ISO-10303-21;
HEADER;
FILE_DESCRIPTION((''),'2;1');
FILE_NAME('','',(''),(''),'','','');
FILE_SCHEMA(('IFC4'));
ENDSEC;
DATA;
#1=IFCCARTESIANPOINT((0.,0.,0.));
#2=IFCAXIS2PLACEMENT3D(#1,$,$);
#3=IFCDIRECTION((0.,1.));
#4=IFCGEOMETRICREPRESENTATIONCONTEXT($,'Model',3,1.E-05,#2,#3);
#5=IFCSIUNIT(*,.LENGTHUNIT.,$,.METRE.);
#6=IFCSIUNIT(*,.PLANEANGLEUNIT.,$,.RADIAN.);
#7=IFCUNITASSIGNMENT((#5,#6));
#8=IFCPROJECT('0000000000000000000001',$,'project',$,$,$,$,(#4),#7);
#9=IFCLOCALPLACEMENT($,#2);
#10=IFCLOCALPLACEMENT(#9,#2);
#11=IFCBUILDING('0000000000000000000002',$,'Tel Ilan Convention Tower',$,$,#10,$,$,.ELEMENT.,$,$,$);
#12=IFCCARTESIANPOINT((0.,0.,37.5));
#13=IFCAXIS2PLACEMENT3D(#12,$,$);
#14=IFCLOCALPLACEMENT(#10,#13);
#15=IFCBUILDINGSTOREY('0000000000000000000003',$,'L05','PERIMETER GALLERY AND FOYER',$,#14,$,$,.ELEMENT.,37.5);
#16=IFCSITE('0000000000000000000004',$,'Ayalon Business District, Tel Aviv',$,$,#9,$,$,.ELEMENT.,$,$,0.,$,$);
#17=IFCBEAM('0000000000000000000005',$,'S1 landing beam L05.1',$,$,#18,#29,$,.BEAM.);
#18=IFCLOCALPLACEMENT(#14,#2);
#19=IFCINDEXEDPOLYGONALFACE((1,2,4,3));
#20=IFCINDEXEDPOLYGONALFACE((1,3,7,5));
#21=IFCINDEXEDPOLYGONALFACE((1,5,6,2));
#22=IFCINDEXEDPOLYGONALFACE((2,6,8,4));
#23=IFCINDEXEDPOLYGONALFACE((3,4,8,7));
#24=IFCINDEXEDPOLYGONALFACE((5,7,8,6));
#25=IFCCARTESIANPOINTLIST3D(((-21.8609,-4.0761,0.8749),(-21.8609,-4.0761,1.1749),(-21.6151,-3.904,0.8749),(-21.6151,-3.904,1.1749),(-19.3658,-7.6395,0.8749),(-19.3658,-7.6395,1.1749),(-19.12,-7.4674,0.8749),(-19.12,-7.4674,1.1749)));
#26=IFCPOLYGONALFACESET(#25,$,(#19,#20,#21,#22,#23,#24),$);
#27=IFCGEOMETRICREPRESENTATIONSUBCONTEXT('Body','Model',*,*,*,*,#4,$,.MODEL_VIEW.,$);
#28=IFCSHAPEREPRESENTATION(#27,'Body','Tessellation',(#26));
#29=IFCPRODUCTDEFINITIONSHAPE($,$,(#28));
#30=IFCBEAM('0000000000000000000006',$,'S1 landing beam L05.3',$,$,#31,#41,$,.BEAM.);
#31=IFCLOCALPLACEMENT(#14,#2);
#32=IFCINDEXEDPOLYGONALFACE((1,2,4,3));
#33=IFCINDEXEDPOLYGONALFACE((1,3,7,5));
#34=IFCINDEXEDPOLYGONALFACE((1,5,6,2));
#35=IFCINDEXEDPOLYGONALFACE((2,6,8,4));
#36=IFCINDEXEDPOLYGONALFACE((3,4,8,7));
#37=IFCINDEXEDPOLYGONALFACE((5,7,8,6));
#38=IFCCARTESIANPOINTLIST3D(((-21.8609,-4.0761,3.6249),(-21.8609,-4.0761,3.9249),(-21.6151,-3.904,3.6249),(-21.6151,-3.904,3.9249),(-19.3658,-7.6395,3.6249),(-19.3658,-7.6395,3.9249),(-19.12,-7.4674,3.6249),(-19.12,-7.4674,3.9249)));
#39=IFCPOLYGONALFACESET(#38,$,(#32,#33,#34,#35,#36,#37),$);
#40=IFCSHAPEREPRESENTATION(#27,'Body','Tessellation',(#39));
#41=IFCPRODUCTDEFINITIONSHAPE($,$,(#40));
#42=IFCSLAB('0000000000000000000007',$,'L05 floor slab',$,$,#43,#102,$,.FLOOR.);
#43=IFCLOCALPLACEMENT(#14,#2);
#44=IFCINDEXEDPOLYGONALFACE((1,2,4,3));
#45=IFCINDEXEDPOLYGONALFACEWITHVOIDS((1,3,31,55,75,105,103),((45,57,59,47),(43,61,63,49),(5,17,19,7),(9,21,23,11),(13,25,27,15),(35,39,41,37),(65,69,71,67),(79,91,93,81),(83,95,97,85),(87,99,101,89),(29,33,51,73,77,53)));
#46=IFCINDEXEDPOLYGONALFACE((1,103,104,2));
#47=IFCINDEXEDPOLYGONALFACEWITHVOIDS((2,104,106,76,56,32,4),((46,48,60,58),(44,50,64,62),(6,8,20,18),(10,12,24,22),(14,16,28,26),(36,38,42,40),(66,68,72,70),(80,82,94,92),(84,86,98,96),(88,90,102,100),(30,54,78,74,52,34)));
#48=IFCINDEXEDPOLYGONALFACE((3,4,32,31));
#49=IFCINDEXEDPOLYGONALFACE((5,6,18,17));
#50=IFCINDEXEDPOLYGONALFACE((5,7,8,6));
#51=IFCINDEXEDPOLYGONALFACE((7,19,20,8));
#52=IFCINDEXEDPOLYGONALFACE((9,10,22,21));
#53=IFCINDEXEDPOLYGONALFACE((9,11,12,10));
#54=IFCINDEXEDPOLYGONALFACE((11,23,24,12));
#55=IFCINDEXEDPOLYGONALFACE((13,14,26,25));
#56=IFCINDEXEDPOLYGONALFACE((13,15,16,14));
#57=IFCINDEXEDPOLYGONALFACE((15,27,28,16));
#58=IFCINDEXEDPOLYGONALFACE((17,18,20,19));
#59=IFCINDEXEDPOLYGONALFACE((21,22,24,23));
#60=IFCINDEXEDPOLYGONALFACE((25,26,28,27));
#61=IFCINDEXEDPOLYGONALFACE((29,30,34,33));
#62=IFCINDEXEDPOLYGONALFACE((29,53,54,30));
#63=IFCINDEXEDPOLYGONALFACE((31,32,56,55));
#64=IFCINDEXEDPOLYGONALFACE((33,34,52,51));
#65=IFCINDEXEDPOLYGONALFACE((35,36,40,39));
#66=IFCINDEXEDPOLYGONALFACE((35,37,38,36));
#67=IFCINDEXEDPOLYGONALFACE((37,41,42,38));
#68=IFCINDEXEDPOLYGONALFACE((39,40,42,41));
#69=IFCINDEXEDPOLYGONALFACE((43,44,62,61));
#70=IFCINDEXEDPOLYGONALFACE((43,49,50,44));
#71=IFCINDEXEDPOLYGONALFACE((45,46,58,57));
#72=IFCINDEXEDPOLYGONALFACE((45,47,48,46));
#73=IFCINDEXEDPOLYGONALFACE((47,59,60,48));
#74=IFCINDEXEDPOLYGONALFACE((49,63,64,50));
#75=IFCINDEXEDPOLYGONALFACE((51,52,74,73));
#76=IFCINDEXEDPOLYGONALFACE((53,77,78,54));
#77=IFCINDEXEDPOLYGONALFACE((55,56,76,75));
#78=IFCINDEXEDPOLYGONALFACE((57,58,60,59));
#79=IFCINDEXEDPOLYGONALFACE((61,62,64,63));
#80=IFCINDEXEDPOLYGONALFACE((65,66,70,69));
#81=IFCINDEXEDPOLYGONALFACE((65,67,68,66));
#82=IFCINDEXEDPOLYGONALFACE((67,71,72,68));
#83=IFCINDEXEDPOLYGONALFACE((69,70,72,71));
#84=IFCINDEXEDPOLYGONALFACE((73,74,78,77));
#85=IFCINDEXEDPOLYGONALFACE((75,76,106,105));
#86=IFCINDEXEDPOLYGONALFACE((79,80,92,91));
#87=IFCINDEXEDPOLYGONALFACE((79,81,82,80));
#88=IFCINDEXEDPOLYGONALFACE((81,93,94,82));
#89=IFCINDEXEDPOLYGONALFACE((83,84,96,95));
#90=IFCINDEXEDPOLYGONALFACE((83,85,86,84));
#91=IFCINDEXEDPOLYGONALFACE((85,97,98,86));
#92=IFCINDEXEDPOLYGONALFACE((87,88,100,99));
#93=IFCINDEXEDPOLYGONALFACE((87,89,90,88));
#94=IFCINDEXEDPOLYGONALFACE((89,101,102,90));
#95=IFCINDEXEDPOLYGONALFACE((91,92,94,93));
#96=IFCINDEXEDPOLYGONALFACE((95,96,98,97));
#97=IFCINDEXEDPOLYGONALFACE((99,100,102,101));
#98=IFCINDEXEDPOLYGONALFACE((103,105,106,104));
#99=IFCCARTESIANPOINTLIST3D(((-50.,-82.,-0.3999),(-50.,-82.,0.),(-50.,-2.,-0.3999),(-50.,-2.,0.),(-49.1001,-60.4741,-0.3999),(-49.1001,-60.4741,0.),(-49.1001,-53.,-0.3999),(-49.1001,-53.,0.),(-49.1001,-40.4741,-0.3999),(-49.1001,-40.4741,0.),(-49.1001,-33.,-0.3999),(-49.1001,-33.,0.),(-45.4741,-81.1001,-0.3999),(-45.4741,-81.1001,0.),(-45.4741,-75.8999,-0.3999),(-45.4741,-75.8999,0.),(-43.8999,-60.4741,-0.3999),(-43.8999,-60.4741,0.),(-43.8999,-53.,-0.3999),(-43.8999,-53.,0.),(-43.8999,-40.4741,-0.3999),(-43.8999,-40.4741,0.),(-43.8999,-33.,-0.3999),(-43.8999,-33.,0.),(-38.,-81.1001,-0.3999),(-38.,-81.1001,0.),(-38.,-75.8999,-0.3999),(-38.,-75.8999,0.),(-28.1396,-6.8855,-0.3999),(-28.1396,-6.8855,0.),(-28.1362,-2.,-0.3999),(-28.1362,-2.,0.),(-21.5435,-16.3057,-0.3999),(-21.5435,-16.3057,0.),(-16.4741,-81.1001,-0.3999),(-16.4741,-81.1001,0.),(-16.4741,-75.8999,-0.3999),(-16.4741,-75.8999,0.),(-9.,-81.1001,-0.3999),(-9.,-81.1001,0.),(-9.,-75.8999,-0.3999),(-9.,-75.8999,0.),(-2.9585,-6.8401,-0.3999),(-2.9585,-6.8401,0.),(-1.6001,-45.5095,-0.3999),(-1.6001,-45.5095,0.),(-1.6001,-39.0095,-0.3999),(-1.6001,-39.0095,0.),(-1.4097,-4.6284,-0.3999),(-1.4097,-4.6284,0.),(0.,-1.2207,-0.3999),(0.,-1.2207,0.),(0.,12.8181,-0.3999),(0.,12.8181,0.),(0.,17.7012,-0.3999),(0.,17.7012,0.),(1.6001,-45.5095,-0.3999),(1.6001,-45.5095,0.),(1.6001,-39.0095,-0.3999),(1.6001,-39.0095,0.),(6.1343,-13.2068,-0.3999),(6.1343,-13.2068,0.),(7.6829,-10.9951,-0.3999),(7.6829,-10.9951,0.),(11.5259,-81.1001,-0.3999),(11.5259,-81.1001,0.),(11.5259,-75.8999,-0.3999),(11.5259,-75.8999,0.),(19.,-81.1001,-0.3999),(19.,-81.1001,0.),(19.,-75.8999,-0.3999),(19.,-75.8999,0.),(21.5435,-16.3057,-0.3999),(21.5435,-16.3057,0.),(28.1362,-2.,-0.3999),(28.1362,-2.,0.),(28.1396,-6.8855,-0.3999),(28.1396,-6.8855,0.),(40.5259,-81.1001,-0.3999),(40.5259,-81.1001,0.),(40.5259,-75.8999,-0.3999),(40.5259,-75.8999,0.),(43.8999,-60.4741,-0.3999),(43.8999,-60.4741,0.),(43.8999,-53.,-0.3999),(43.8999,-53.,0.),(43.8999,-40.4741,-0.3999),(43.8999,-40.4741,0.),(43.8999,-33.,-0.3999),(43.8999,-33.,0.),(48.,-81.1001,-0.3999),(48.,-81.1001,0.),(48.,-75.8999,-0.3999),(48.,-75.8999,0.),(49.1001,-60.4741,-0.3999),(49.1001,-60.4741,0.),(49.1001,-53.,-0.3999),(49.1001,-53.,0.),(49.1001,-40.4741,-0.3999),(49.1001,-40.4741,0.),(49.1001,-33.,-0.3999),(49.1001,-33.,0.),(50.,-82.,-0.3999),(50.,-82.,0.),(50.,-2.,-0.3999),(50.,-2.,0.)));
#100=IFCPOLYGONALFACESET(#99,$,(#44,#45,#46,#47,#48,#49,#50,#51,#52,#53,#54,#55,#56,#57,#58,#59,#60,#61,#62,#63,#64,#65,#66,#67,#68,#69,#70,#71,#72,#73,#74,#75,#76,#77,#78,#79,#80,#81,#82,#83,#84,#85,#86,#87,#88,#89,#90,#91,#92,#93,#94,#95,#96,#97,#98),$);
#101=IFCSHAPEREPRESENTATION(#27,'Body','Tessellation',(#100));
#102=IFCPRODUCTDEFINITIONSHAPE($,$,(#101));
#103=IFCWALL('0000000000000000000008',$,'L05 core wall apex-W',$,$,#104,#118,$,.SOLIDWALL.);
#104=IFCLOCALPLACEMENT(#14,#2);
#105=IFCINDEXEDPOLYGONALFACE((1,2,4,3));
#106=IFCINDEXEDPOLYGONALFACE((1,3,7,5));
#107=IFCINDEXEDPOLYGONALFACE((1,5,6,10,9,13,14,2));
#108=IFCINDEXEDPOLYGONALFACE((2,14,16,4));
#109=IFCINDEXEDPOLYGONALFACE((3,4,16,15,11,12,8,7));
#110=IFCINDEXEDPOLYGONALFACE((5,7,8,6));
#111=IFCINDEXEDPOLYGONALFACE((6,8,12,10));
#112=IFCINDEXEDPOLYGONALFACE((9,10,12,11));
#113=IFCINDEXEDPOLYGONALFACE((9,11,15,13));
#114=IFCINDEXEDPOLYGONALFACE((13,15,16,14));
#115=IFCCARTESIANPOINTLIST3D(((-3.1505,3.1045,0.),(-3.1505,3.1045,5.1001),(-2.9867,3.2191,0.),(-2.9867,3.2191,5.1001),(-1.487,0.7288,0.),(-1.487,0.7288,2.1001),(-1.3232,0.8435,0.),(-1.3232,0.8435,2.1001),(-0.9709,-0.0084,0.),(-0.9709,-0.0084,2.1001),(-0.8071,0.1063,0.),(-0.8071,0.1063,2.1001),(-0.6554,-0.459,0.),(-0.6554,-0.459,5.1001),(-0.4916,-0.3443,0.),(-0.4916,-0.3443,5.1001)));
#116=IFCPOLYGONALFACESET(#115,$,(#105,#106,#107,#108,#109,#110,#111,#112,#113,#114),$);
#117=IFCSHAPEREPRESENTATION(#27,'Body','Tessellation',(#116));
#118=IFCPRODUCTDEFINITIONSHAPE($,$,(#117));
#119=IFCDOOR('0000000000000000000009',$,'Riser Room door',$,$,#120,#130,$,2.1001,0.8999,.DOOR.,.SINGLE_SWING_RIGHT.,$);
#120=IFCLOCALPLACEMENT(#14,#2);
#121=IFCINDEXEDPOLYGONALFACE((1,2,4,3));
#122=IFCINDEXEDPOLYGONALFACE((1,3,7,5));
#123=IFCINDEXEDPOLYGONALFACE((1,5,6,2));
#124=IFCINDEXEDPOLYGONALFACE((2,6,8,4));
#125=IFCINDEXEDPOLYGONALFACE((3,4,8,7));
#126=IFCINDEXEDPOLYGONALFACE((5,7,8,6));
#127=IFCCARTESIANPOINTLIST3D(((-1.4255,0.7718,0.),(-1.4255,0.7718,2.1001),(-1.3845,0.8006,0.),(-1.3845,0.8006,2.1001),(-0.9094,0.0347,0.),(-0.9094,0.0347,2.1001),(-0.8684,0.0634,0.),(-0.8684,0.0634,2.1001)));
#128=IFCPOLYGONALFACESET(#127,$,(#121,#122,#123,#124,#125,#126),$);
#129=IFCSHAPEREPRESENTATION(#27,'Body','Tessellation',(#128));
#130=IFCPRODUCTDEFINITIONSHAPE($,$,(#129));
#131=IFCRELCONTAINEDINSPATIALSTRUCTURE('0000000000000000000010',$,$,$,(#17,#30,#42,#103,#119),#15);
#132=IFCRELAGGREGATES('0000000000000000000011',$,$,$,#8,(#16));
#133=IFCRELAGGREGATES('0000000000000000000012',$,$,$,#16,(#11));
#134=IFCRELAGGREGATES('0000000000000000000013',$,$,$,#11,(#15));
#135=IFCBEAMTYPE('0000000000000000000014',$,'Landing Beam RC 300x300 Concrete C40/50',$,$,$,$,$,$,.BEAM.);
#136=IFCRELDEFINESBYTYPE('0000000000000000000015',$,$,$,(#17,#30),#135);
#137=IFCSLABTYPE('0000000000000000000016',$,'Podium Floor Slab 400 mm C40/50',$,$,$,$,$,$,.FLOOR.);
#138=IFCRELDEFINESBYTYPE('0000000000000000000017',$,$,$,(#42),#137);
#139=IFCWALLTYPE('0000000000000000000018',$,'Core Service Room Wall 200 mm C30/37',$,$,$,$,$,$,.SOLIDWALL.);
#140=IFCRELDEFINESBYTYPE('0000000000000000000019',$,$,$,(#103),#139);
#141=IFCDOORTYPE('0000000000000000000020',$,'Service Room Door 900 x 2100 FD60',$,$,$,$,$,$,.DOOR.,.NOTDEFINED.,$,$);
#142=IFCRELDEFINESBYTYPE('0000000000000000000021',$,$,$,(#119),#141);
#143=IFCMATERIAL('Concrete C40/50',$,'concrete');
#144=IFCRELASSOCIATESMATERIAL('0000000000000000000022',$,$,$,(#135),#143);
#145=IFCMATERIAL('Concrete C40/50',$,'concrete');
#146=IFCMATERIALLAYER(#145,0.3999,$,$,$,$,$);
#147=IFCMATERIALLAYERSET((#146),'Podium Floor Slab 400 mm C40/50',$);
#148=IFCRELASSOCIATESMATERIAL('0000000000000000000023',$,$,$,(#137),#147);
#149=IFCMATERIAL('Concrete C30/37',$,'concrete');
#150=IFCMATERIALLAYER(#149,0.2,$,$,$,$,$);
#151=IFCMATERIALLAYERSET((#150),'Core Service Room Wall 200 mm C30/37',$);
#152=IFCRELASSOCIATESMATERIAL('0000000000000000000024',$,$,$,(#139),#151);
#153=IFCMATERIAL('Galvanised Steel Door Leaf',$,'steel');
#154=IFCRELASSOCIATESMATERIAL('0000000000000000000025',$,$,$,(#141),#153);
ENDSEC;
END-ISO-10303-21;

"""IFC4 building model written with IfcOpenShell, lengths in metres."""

from ifc_helpers import new_model, si_unit, direction, frame, frame_2d, origin, origin_2d, place, context, subcontext, project, spatial, polyline, rectangle, outline, extrude, material, layer, layer_set, material_profile, profile_set, type_object, element, fill, save


model = new_model("IFC4")

# Units and contexts
model_context = context("Model", 3, precision=1e-05, world=origin(), true_north=direction((0.0, 1.0)))
body_context = subcontext(model_context, "Body", "Model", "MODEL_VIEW")
ifc_project = project(units=[si_unit("LENGTHUNIT", "METRE"), si_unit("PLANEANGLEUNIT", "RADIAN")], contexts=[model_context])

# Site, building, storey
site_placement = place(None, origin())
site = spatial("IfcSite", under=ifc_project, at=site_placement, Name="Ayalon Business District, Tel Aviv", CompositionType="ELEMENT", RefElevation=0.0)
building_placement = place(site_placement, origin())
building = spatial("IfcBuilding", under=site, at=building_placement, Name="Tel Ilan Convention Tower", CompositionType="ELEMENT")
storey_placement = place(building_placement, frame((0.0, 0.0, 37.5)))
storey = spatial("IfcBuildingStorey", under=building, at=storey_placement, Name="L05", Description="PERIMETER GALLERY AND FOYER", CompositionType="ELEMENT", Elevation=37.5)

# Beams
ifc_material_1 = material(Name="Concrete C40/50", Category="concrete")
ifc_material_profile = material_profile(ifc_material_1, rectangle(XDim=0.3, YDim=0.3, at=origin_2d()), Name="RC 300x300")
ifc_profile_set = profile_set([ifc_material_profile], Name="Concrete C40/50")
beam_type = type_object("IfcBeamType", Name="Landing Beam RC 300x300 Concrete C40/50", PredefinedType="BEAM", material=ifc_profile_set)
for number, where, z_axis, x_axis, name in (
    (1, (-19.2429, -7.5535, 1.0249), (-0.573568, 0.819158, 0.0), (-0.819158, -0.573568, 0.0), "S1 landing beam L05.1"),
    (2, (-19.2429, -7.5535, 3.7749), (-0.573568, 0.819158, 0.0), (-0.819158, -0.573568, 0.0), "S1 landing beam L05.3"),
):
    element("IfcBeam", number, at=place(storey_placement, frame(where, z_axis=z_axis, x_axis=x_axis)), inside=storey, type_object=beam_type, Name=name, PredefinedType="BEAM", context=body_context, shape_type="SweptSolid", body=[
        extrude(rectangle(XDim=0.3, YDim=0.3, at=origin_2d()), origin(), (0.0, 0.0, 1.0), 4.3501),
    ])

# Slab
ifc_material_2 = material(Name="Concrete C40/50", Category="concrete")
ifc_layer_1 = layer(ifc_material_2, 0.3999)
ifc_layer_set_1 = layer_set([ifc_layer_1], Name="Podium Floor Slab 400 mm C40/50")
slab_type = type_object("IfcSlabType", Name="Podium Floor Slab 400 mm C40/50", PredefinedType="FLOOR", material=ifc_layer_set_1)
slab_placement = place(storey_placement, frame((0.0, 0.0, -0.3999)))
element("IfcSlab", 3, at=slab_placement, inside=storey, type_object=slab_type, Name="L05 floor slab", PredefinedType="FLOOR", context=body_context, shape_type="SweptSolid", body=[
    extrude(outline(polyline([(-50.0, -2.0), (-28.1362, -2.0), (0.0, 17.7012), (28.1362, -2.0), (50.0, -2.0), (50.0, -82.0), (-50.0, -82.0), (-50.0, -2.0)]), holes=[polyline([(43.8999, -53.0), (43.8999, -60.4741), (49.1001, -60.4741), (49.1001, -53.0), (43.8999, -53.0)]), polyline([(49.1001, -33.0), (43.8999, -33.0), (43.8999, -40.4741), (49.1001, -40.4741), (49.1001, -33.0)]), polyline([(48.0, -75.8999), (40.5259, -75.8999), (40.5259, -81.1001), (48.0, -81.1001), (48.0, -75.8999)]), polyline([(21.5435, -16.3057), (28.1396, -6.8855), (0.0, 12.8181), (-28.1396, -6.8855), (-21.5435, -16.3057), (0.0, -1.2207), (21.5435, -16.3057)]), polyline([(11.5259, -75.8999), (11.5259, -81.1001), (19.0, -81.1001), (19.0, -75.8999), (11.5259, -75.8999)]), polyline([(6.1343, -13.2068), (7.6829, -10.9951), (-1.4097, -4.6284), (-2.9585, -6.8401), (6.1343, -13.2068)]), polyline([(-1.6001, -39.0095), (-1.6001, -45.5095), (1.6001, -45.5095), (1.6001, -39.0095), (-1.6001, -39.0095)]), polyline([(-16.4741, -75.8999), (-16.4741, -81.1001), (-9.0, -81.1001), (-9.0, -75.8999), (-16.4741, -75.8999)]), polyline([(-45.4741, -75.8999), (-45.4741, -81.1001), (-38.0, -81.1001), (-38.0, -75.8999), (-45.4741, -75.8999)]), polyline([(-49.1001, -33.0), (-49.1001, -40.4741), (-43.8999, -40.4741), (-43.8999, -33.0), (-49.1001, -33.0)]), polyline([(-43.8999, -53.0), (-49.1001, -53.0), (-49.1001, -60.4741), (-43.8999, -60.4741), (-43.8999, -53.0)])]), origin(), (0.0, 0.0, 1.0), 0.3999),
])

# Wall, opening, door
ifc_material_3 = material(Name="Concrete C30/37", Category="concrete")
ifc_layer_2 = layer(ifc_material_3, 0.2)
ifc_layer_set_2 = layer_set([ifc_layer_2], Name="Core Service Room Wall 200 mm C30/37")
wall_type_1 = type_object("IfcWallType", Name="Core Service Room Wall 200 mm C30/37", PredefinedType="SOLIDWALL", material=ifc_layer_set_2)
wall_1_placement = place(storey_placement, frame((-0.5735, -0.4016, 0.0), z_axis=(0.0, 0.0, 1.0), x_axis=(-0.573568, 0.819158, 0.0)))
wall_1 = element("IfcWall", 4, at=wall_1_placement, inside=storey, type_object=wall_type_1, Name="L05 core wall apex-W", PredefinedType="SOLIDWALL", context=body_context, shape_type="SweptSolid", body=[
    extrude(rectangle(XDim=4.3501, YDim=0.2, at=frame_2d((2.175, 0.0))), origin(), (0.0, 0.0, 1.0), 5.1001),
])
opening_1_placement = place(wall_1_placement, frame((0.55, 0.0, 0.0)))
opening_1 = element("IfcOpeningElement", 5, at=opening_1_placement, cuts=wall_1, PredefinedType="OPENING", context=body_context, shape_type="SweptSolid", body=[
    extrude(rectangle(XDim=0.8999, YDim=2.1001, at=frame_2d((0.45, 1.05))), frame((0.0, 0.1099, 0.0), z_axis=(0.0, -1.0, 0.0), x_axis=(1.0, 0.0, 0.0)), (0.0, 0.0, 1.0), 0.22),
])
ifc_material_4 = material(Name="Galvanised Steel Door Leaf", Category="steel")
door_type_1 = type_object("IfcDoorType", Name="Service Room Door 900 x 2100 FD60", OperationType="NOTDEFINED", PredefinedType="DOOR", material=ifc_material_4)
door_1_placement = place(opening_1_placement, origin())
door_1 = element("IfcDoor", 6, at=door_1_placement, inside=storey, type_object=door_type_1, Name="Riser Room door", OperationType="SINGLE_SWING_RIGHT", OverallHeight=2.1001, OverallWidth=0.8999, PredefinedType="DOOR", context=body_context, shape_type="SweptSolid", body=[
    extrude(rectangle(XDim=0.8999, YDim=2.1001, at=frame_2d((0.45, 1.05))), frame((0.0, 0.0249, 0.0), z_axis=(0.0, -1.0, 0.0), x_axis=(1.0, 0.0, 0.0)), (0.0, 0.0, 1.0), 0.05),
])
fill(opening_1, door_1)

save(model, "model.ifc")
